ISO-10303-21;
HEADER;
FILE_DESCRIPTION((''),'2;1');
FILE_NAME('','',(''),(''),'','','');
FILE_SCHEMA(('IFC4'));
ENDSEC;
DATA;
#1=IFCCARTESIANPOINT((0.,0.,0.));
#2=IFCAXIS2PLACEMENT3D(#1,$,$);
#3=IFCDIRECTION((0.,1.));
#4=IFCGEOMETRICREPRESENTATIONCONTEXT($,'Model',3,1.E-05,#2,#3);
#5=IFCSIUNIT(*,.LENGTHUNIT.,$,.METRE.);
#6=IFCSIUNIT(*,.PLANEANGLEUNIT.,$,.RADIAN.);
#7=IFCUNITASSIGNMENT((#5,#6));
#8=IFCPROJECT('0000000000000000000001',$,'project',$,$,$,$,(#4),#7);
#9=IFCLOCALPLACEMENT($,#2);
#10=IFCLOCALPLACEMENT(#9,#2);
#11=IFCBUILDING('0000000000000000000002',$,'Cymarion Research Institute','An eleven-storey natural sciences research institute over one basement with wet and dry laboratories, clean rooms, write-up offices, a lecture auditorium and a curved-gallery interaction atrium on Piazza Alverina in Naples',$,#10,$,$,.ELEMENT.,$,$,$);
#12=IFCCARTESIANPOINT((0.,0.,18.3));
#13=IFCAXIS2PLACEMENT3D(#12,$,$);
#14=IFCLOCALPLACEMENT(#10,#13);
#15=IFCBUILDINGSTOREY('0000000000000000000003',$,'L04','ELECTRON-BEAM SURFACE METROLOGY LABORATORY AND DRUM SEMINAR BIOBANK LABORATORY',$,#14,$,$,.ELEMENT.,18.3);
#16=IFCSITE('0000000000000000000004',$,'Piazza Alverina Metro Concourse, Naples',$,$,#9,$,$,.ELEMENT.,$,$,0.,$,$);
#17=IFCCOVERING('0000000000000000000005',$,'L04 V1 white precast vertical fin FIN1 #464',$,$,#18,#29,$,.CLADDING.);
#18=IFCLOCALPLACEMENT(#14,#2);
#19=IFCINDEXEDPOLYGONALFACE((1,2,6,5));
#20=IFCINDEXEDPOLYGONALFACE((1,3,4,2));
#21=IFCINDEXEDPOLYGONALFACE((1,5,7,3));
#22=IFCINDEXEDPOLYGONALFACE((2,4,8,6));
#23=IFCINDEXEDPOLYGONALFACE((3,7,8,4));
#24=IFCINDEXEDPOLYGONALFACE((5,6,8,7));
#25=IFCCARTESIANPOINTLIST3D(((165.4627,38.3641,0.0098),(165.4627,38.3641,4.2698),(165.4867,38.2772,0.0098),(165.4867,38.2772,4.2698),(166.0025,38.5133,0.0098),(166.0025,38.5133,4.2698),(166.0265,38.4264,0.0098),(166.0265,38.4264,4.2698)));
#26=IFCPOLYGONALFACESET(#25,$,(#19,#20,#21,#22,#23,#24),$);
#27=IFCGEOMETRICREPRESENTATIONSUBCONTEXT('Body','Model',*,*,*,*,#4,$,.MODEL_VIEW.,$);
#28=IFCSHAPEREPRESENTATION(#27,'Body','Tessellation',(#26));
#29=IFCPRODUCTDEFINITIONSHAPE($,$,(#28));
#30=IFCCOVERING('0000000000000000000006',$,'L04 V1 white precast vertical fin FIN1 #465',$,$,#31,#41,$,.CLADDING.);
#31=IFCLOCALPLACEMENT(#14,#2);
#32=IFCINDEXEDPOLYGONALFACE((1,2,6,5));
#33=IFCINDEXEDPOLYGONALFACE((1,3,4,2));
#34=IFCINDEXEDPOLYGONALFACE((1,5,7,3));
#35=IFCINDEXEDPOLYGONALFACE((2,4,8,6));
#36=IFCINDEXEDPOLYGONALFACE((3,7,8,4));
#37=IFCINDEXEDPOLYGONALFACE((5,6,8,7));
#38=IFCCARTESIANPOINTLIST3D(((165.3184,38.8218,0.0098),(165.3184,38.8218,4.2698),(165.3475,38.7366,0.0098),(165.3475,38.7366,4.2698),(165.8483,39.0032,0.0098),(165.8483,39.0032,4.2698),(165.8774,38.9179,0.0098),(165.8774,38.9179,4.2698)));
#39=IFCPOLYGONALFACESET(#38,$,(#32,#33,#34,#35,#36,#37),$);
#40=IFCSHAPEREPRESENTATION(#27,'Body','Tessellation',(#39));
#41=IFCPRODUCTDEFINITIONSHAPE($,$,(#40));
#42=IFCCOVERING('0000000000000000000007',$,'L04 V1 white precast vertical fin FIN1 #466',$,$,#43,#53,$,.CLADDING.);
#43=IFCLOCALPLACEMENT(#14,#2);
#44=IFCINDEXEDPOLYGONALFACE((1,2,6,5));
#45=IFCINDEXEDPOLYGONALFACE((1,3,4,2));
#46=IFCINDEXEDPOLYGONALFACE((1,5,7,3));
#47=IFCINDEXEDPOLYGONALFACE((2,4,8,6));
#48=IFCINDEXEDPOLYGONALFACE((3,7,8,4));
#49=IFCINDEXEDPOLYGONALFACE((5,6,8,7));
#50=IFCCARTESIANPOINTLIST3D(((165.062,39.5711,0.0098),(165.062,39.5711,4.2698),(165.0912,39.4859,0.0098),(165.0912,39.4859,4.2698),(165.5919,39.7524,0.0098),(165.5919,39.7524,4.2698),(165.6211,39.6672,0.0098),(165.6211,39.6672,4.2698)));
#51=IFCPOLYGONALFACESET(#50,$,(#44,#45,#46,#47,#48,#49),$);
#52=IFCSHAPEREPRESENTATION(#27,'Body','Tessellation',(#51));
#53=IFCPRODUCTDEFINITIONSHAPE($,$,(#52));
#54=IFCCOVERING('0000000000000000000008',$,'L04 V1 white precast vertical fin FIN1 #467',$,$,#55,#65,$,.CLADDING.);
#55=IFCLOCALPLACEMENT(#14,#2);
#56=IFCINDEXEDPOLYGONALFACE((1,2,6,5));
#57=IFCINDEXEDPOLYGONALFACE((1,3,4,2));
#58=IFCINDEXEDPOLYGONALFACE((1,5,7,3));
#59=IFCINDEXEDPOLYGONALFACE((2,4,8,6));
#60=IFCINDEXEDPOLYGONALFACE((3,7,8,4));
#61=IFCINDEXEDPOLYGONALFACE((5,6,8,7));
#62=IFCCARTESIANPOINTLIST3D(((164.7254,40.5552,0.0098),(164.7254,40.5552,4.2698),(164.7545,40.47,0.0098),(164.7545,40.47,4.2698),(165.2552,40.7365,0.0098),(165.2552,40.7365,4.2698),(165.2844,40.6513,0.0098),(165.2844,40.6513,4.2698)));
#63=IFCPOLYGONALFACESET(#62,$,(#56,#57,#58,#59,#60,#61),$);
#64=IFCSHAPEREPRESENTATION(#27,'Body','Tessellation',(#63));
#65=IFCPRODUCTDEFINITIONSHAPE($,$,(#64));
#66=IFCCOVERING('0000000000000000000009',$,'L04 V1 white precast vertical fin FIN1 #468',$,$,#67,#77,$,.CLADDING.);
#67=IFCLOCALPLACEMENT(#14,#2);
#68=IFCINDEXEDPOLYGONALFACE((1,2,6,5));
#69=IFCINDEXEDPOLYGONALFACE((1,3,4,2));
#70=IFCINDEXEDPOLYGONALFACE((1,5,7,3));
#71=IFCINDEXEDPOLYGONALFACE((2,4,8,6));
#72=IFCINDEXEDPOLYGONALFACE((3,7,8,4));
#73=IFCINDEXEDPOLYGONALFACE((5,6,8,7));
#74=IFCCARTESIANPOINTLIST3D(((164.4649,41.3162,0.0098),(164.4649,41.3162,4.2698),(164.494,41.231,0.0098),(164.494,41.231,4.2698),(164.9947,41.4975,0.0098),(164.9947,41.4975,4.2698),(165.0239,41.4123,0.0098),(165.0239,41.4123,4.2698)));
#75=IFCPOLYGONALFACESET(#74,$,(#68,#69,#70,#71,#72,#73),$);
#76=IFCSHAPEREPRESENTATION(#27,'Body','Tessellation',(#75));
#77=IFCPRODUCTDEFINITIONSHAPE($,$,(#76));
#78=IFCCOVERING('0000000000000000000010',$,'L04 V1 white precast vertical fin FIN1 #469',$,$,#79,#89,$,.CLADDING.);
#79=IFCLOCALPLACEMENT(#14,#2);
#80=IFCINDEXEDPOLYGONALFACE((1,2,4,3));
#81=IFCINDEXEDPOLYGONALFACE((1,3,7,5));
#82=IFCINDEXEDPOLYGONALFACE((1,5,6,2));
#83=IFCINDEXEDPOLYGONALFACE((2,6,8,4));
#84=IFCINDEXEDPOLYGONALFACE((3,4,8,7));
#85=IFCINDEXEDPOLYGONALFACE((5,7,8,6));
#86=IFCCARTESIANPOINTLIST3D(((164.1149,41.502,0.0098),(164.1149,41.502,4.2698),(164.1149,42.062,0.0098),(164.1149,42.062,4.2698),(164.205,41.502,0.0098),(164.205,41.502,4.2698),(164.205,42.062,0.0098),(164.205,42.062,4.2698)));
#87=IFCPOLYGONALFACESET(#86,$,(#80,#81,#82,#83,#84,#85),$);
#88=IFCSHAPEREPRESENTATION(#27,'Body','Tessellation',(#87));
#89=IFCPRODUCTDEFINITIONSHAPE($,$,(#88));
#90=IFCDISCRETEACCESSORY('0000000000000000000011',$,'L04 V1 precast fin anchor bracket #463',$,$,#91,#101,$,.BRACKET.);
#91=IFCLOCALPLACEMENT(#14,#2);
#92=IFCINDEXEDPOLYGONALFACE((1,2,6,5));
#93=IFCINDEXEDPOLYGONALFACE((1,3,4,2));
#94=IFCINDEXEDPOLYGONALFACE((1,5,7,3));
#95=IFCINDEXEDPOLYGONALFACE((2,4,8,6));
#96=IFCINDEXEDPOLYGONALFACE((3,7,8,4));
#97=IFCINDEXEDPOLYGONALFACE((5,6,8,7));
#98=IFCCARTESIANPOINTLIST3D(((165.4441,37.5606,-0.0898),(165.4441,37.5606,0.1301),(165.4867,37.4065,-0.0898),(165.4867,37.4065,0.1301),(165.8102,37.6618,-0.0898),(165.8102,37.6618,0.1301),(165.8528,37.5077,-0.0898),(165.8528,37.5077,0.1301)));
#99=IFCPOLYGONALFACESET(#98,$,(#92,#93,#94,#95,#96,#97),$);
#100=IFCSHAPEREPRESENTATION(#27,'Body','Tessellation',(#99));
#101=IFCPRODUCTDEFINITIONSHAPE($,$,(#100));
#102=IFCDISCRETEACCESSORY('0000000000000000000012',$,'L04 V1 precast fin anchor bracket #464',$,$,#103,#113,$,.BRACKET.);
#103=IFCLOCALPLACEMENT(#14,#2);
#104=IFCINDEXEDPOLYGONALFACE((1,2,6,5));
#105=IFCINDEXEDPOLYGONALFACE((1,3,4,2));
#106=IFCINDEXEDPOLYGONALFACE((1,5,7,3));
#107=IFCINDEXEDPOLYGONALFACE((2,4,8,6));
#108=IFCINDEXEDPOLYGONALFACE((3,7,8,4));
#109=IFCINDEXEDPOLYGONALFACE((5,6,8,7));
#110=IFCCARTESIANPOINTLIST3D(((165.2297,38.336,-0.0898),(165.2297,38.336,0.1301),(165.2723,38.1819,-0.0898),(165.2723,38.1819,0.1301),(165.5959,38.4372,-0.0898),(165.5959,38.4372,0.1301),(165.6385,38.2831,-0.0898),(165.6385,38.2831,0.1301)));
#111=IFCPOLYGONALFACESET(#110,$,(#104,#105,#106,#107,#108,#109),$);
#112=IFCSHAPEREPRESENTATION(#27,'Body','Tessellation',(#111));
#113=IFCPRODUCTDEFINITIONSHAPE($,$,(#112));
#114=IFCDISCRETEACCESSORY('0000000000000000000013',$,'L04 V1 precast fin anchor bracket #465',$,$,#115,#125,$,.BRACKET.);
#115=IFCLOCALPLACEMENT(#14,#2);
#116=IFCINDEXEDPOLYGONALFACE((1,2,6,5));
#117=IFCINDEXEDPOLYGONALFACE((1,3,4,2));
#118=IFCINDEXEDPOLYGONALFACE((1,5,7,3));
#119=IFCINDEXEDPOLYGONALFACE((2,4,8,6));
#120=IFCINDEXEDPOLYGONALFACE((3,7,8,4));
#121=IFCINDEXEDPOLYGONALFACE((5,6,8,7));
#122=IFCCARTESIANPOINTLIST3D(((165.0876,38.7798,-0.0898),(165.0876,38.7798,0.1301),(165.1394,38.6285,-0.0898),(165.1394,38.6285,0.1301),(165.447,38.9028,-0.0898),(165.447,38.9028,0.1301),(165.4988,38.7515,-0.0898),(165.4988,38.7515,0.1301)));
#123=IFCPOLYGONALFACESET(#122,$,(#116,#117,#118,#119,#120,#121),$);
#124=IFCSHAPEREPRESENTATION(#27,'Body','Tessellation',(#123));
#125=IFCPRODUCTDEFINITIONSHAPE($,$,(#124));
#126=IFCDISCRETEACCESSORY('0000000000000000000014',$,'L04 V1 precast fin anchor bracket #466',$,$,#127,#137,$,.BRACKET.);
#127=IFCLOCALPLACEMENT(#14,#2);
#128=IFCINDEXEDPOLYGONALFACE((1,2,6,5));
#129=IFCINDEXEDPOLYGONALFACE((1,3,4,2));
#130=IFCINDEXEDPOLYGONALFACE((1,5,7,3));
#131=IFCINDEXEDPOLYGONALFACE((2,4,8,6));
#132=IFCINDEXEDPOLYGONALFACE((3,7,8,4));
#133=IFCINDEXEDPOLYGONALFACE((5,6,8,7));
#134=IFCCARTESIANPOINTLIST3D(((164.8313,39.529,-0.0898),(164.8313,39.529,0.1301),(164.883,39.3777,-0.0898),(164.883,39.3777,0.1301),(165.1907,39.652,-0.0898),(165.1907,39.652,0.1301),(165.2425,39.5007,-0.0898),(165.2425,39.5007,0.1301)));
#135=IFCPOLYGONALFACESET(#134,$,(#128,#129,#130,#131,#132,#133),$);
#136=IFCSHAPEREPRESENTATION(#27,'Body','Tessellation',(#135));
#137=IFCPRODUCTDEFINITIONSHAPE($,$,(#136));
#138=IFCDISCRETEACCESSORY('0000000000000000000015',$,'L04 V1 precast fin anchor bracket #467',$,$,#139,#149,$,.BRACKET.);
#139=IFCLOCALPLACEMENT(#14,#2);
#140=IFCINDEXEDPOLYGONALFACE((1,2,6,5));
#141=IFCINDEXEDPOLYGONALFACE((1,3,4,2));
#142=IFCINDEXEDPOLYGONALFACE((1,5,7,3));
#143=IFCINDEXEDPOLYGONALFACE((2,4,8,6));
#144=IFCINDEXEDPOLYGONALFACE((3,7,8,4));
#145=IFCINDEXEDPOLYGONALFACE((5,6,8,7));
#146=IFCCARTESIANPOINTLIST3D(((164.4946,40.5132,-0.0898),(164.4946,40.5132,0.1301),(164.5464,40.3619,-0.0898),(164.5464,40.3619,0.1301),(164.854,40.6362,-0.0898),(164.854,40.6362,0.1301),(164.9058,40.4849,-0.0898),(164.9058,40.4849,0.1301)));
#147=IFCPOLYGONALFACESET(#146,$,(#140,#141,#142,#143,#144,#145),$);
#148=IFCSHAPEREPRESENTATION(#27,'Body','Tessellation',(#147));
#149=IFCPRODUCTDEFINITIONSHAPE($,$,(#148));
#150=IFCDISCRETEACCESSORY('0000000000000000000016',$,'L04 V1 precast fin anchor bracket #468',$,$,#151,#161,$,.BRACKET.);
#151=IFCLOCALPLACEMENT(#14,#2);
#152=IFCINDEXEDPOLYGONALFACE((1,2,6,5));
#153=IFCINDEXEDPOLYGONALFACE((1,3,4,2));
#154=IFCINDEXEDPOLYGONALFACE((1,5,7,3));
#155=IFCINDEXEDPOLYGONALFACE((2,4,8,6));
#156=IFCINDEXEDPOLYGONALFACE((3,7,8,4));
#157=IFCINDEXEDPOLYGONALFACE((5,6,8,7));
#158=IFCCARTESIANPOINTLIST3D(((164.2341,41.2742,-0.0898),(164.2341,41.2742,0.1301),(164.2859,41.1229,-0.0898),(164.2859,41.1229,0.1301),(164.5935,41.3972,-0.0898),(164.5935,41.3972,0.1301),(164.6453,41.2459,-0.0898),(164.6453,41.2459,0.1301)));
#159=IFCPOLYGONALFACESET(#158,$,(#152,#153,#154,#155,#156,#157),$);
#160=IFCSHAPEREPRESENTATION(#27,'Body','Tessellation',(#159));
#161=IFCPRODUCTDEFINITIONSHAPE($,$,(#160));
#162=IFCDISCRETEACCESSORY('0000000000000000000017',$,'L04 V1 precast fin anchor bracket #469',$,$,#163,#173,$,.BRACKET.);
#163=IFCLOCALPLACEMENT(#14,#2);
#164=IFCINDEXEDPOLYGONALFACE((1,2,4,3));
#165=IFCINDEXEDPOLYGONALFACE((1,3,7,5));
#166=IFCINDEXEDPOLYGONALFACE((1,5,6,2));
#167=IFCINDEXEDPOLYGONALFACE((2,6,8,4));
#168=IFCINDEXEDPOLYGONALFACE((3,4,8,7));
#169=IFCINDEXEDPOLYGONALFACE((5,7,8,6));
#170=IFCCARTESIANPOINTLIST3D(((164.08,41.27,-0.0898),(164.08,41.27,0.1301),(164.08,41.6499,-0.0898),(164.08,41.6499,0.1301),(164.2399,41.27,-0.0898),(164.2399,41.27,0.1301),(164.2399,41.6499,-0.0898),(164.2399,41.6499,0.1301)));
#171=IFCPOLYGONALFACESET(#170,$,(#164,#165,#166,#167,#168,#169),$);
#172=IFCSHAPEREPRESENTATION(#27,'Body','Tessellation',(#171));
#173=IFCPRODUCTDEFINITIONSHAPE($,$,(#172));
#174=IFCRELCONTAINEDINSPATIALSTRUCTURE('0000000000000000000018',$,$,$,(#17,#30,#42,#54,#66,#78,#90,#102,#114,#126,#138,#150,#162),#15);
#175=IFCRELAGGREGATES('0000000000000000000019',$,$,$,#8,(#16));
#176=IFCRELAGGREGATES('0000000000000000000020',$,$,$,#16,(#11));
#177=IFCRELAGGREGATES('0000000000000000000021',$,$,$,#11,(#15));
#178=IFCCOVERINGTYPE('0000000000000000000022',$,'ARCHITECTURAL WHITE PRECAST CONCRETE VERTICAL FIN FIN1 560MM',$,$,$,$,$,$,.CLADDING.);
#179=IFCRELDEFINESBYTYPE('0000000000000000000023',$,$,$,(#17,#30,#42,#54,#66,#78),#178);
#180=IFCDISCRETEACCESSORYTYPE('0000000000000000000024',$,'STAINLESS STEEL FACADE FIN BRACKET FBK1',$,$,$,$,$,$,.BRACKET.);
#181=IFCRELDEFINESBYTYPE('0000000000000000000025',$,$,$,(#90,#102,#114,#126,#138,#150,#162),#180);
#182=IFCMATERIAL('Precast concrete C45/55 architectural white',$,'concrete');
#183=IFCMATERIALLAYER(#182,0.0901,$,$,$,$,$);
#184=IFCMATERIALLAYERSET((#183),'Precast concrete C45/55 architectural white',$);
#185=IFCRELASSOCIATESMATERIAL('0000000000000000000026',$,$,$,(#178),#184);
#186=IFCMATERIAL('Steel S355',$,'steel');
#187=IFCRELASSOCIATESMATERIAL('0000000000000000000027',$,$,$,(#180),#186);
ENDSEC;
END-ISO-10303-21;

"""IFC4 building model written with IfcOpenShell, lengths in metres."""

from ifc_helpers import new_model, si_unit, direction, frame, origin, origin_2d, place, context, subcontext, project, spatial, rectangle, extrude, material, layer, layer_set, type_object, element, save


model = new_model("IFC4")

# Units and contexts
model_context = context("Model", 3, precision=1e-05, world=origin(), true_north=direction((0.0, 1.0)))
body_context = subcontext(model_context, "Body", "Model", "MODEL_VIEW")
ifc_project = project(units=[si_unit("LENGTHUNIT", "METRE"), si_unit("PLANEANGLEUNIT", "RADIAN")], contexts=[model_context])

# Site, building, storey
site_placement = place(None, origin())
site = spatial("IfcSite", under=ifc_project, at=site_placement, Name="Piazza Alverina Metro Concourse, Naples", CompositionType="ELEMENT", RefElevation=0.0)
building_placement = place(site_placement, origin())
building = spatial("IfcBuilding", under=site, at=building_placement, Name="Cymarion Research Institute", Description="An eleven-storey natural sciences research institute over one basement with wet and dry laboratories, clean rooms, write-up offices, a lecture auditorium and a curved-gallery interaction atrium on Piazza Alverina in Naples", CompositionType="ELEMENT")
storey_placement = place(building_placement, frame((0.0, 0.0, 18.3)))
storey = spatial("IfcBuildingStorey", under=building, at=storey_placement, Name="L04", Description="ELECTRON-BEAM SURFACE METROLOGY LABORATORY AND DRUM SEMINAR BIOBANK LABORATORY", CompositionType="ELEMENT", Elevation=18.3)

# Shared definitions
ifc_material_1 = material(Name="Steel S355", Category="steel")

# Coverings
ifc_material_2 = material(Name="Precast concrete C45/55 architectural white", Category="concrete")
ifc_layer_1 = layer(ifc_material_2, 0.0901)
ifc_layer_set_1 = layer_set([ifc_layer_1], Name="Precast concrete C45/55 architectural white")
covering_type = type_object("IfcCoveringType", Name="ARCHITECTURAL WHITE PRECAST CONCRETE VERTICAL FIN FIN1 560MM", PredefinedType="CLADDING", material=ifc_layer_set_1)
for number, where, z_axis, x_axis, name in (
    (1, (165.7446, 38.3953, 0.0098), (0.0, 0.0, 1.0), (0.963863, 0.266397, 0.0), "L04 V1 white precast vertical fin FIN1 #464"),
    (2, (165.5979, 38.8699, 0.0098), (0.0, 0.0, 1.0), (0.946142, 0.323752, 0.0), "L04 V1 white precast vertical fin FIN1 #465"),
    (3, (165.3416, 39.6191, 0.0098), (0.0, 0.0, 1.0), (0.946142, 0.323752, 0.0), "L04 V1 white precast vertical fin FIN1 #466"),
    (4, (165.0049, 40.6033, 0.0098), (0.0, 0.0, 1.0), (0.946142, 0.323752, 0.0), "L04 V1 white precast vertical fin FIN1 #467"),
    (5, (164.7444, 41.3643, 0.0098), (0.0, 0.0, 1.0), (0.946142, 0.323752, 0.0), "L04 V1 white precast vertical fin FIN1 #468"),
    (6, (164.1599, 41.782, 0.0098), (0.0, 0.0, 1.0), (0.0, 1.0, 0.0), "L04 V1 white precast vertical fin FIN1 #469"),
):
    element("IfcCovering", number, at=place(storey_placement, frame(where, z_axis=z_axis, x_axis=x_axis)), inside=storey, type_object=covering_type, Name=name, PredefinedType="CLADDING", context=body_context, shape_type="SweptSolid", body=[
        extrude(rectangle(XDim=0.5601, YDim=0.0901, at=origin_2d()), origin(), (0.0, 0.0, 1.0), 4.26),
    ])

# Discrete accessories
discrete_accessory_type = type_object("IfcDiscreteAccessoryType", Name="STAINLESS STEEL FACADE FIN BRACKET FBK1", PredefinedType="BRACKET", material=ifc_material_1)
for number, where, z_axis, x_axis, name in (
    (7, (165.6484, 37.5342, -0.0898), (0.0, 0.0, 1.0), (0.963863, 0.266397, 0.0), "L04 V1 precast fin anchor bracket #463"),
    (8, (165.4341, 38.3096, -0.0898), (0.0, 0.0, 1.0), (0.963863, 0.266397, 0.0), "L04 V1 precast fin anchor bracket #464"),
    (9, (165.2932, 38.7656, -0.0898), (0.0, 0.0, 1.0), (0.946142, 0.323752, 0.0), "L04 V1 precast fin anchor bracket #465"),
    (10, (165.0369, 39.5149, -0.0898), (0.0, 0.0, 1.0), (0.946142, 0.323752, 0.0), "L04 V1 precast fin anchor bracket #466"),
    (11, (164.7002, 40.499, -0.0898), (0.0, 0.0, 1.0), (0.946142, 0.323752, 0.0), "L04 V1 precast fin anchor bracket #467"),
    (12, (164.4397, 41.26, -0.0898), (0.0, 0.0, 1.0), (0.946142, 0.323752, 0.0), "L04 V1 precast fin anchor bracket #468"),
    (13, (164.1599, 41.46, -0.0898), (0.0, 0.0, 1.0), (0.0, 1.0, 0.0), "L04 V1 precast fin anchor bracket #469"),
):
    element("IfcDiscreteAccessory", number, at=place(storey_placement, frame(where, z_axis=z_axis, x_axis=x_axis)), inside=storey, type_object=discrete_accessory_type, Name=name, PredefinedType="BRACKET", context=body_context, shape_type="SweptSolid", body=[
        extrude(rectangle(XDim=0.3799, YDim=0.1599, at=origin_2d()), origin(), (0.0, 0.0, 1.0), 0.22),
    ])

save(model, "model.ifc")
